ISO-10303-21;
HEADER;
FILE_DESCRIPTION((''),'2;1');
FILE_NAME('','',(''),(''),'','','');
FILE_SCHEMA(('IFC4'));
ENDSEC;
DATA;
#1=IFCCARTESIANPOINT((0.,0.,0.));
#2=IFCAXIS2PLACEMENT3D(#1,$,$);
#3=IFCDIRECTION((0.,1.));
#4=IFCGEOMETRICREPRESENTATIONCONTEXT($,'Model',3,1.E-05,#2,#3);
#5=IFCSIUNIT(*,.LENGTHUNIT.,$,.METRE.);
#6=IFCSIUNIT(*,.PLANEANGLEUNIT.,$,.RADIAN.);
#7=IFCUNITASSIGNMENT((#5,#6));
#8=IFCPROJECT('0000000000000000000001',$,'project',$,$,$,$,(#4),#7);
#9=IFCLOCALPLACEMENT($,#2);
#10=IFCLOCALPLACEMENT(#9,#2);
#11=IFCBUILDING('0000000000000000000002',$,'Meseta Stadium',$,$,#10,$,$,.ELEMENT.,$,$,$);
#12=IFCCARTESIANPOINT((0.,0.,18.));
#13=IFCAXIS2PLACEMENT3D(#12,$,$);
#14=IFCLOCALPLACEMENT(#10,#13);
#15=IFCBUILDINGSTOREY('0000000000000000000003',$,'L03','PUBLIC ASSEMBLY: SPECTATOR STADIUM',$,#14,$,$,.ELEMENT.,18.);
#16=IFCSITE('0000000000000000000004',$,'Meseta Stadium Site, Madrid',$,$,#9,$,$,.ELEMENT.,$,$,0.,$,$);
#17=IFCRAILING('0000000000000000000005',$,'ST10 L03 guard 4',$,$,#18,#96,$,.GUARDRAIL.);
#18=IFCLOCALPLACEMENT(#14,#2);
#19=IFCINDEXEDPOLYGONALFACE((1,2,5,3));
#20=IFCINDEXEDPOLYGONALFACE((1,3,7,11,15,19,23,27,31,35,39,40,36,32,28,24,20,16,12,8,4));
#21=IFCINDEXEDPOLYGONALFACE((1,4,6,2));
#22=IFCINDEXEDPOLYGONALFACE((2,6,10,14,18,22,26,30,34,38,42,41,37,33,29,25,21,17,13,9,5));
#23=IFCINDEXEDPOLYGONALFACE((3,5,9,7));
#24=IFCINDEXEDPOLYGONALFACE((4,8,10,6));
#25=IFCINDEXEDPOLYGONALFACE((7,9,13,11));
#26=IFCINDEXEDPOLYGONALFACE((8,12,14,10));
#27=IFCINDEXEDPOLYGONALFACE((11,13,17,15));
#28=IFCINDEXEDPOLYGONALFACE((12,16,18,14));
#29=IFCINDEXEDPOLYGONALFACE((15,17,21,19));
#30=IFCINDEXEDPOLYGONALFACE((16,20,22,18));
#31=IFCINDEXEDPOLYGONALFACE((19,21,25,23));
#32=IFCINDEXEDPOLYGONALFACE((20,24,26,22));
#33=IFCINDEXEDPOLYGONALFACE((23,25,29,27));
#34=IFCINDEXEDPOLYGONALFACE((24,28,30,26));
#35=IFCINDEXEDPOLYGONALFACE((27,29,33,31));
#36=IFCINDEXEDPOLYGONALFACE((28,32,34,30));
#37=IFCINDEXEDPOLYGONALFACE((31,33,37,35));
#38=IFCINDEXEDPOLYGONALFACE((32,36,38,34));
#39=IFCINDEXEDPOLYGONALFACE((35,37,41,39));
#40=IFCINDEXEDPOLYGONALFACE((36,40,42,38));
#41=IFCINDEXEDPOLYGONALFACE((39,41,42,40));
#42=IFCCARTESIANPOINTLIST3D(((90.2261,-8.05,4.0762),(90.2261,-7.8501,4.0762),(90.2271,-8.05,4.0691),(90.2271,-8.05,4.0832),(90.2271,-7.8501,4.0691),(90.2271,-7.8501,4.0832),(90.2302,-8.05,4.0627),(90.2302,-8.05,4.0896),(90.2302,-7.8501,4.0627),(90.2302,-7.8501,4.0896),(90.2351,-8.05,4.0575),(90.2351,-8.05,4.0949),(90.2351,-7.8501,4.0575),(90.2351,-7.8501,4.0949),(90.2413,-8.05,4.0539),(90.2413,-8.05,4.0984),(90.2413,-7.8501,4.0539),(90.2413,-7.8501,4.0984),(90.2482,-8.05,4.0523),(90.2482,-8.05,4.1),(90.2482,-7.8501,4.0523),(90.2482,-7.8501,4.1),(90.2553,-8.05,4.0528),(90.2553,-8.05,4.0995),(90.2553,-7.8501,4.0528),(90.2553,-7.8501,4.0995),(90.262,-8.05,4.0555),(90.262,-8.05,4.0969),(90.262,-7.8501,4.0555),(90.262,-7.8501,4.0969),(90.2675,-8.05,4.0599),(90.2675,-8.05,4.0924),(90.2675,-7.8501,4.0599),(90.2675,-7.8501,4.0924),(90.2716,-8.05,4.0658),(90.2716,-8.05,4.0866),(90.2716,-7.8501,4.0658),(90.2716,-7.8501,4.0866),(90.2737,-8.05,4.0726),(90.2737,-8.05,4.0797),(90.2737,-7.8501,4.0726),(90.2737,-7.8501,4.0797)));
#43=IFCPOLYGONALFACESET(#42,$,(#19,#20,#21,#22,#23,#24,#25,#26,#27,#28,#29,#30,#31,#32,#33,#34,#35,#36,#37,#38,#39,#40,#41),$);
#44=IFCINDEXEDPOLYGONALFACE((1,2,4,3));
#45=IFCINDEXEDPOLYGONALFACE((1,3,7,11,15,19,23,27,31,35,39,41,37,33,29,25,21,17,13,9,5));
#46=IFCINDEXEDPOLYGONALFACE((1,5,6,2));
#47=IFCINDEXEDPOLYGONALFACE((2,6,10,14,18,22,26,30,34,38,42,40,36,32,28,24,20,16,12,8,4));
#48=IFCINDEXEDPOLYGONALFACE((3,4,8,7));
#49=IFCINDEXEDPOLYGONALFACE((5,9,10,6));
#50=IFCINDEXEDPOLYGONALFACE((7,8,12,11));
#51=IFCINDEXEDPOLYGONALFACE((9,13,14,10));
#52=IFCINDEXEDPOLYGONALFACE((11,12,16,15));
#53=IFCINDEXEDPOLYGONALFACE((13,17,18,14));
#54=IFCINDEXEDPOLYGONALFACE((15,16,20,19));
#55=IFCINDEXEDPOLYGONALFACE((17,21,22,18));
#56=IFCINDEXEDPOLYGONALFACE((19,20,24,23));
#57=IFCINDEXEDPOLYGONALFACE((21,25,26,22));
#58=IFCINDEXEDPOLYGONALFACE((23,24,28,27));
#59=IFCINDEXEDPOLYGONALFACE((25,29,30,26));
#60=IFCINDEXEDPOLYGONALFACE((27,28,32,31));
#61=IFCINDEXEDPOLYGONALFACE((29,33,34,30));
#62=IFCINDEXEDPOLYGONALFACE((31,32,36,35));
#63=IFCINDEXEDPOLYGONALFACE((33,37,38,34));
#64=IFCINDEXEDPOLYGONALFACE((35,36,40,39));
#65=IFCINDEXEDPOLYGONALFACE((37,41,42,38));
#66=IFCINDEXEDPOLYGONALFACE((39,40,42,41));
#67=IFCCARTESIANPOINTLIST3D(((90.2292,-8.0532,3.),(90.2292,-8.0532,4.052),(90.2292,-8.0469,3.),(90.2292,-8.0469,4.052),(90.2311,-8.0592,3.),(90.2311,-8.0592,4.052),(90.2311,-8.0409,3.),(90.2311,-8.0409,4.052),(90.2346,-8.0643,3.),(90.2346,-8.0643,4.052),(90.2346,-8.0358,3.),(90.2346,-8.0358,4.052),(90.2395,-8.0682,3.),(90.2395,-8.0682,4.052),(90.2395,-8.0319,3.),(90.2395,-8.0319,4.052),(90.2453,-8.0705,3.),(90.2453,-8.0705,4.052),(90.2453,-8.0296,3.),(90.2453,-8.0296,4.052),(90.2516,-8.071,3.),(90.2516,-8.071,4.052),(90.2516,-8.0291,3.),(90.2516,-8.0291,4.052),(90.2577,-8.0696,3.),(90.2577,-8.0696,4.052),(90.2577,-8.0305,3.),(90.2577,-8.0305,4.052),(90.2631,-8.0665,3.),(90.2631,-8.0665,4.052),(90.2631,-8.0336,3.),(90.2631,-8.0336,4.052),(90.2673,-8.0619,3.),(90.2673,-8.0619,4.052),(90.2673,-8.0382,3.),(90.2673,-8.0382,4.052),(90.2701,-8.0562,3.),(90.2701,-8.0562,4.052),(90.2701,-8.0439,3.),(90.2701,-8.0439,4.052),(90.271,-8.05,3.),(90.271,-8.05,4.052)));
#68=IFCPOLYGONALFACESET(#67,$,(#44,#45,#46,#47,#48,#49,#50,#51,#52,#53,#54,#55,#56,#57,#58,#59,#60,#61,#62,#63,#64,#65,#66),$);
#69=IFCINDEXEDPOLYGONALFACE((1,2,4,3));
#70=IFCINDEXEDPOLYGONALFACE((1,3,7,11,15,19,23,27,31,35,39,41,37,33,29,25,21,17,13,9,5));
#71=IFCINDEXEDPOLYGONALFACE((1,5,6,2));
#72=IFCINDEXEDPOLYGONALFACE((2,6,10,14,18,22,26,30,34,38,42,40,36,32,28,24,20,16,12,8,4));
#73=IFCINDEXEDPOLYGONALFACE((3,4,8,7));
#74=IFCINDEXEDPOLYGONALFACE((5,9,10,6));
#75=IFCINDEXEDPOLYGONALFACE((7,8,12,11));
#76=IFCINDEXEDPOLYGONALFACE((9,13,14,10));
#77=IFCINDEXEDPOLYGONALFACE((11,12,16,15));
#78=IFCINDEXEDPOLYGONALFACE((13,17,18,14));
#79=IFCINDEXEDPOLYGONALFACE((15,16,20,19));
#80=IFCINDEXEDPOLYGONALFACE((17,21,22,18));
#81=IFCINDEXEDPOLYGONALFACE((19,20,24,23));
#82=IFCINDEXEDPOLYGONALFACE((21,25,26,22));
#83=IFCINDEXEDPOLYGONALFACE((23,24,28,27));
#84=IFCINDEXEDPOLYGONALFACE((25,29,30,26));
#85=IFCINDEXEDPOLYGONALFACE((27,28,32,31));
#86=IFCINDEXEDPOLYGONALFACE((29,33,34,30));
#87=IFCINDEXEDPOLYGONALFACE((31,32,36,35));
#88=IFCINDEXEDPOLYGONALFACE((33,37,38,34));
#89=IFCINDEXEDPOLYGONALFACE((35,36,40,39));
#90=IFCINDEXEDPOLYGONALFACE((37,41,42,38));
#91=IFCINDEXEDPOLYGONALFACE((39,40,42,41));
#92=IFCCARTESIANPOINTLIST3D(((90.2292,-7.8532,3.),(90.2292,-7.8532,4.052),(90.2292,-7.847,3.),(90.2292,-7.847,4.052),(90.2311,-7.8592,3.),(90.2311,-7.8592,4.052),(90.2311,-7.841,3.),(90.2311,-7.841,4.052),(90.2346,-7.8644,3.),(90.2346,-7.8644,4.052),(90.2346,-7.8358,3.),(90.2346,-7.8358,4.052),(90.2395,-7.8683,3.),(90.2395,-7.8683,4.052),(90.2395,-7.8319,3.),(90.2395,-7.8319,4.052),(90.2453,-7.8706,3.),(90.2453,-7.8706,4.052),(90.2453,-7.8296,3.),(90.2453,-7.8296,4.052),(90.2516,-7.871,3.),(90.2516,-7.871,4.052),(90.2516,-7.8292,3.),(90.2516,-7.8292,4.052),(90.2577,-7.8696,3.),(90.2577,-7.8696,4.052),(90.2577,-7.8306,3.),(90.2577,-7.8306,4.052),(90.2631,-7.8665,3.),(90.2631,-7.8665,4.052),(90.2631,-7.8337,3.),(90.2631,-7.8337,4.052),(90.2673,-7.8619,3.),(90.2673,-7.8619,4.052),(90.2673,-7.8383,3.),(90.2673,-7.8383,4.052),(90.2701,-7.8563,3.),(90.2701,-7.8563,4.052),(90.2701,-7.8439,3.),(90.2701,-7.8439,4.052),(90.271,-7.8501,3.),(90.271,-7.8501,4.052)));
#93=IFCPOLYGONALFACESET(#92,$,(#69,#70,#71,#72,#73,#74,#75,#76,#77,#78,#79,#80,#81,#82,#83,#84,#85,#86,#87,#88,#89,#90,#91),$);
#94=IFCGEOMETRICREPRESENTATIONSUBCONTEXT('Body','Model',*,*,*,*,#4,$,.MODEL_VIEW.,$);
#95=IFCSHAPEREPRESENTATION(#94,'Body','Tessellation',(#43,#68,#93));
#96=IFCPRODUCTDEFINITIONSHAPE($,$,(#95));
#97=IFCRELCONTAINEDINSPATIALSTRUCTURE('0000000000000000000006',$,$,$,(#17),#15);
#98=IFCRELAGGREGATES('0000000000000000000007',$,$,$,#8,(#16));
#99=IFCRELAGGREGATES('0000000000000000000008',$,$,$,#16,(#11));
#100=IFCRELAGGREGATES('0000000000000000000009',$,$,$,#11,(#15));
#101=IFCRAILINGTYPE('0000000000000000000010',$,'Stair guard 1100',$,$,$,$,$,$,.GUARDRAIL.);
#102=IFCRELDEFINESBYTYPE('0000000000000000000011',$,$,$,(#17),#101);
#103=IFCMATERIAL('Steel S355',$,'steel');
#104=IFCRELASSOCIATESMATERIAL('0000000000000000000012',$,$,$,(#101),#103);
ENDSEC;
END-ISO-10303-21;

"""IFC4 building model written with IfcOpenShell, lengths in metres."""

from ifc_helpers import new_model, si_unit, direction, frame, origin, origin_2d, place, context, subcontext, project, spatial, circle, extrude, material, type_object, element, save


model = new_model("IFC4")

# Units and contexts
model_context = context("Model", 3, precision=1e-05, world=origin(), true_north=direction((0.0, 1.0)))
body_context = subcontext(model_context, "Body", "Model", "MODEL_VIEW")
ifc_project = project(units=[si_unit("LENGTHUNIT", "METRE"), si_unit("PLANEANGLEUNIT", "RADIAN")], contexts=[model_context])

# Site, building, storey
site_placement = place(None, origin())
site = spatial("IfcSite", under=ifc_project, at=site_placement, Name="Meseta Stadium Site, Madrid", CompositionType="ELEMENT", RefElevation=0.0)
building_placement = place(site_placement, origin())
building = spatial("IfcBuilding", under=site, at=building_placement, Name="Meseta Stadium", CompositionType="ELEMENT")
storey_placement = place(building_placement, frame((0.0, 0.0, 18.0)))
storey = spatial("IfcBuildingStorey", under=building, at=storey_placement, Name="L03", Description="PUBLIC ASSEMBLY: SPECTATOR STADIUM", CompositionType="ELEMENT", Elevation=18.0)

# Railing
ifc_material_1 = material(Name="Steel S355", Category="steel")
railing_type_1 = type_object("IfcRailingType", Name="Stair guard 1100", PredefinedType="GUARDRAIL", material=ifc_material_1)
railing_1_placement = place(storey_placement, frame((90.25, -8.05, 3.0)))
element("IfcRailing", 1, at=railing_1_placement, inside=storey, type_object=railing_type_1, Name="ST10 L03 guard 4", PredefinedType="GUARDRAIL", context=body_context, shape_type="SweptSolid", body=[
    extrude(circle(Radius=0.0239, at=origin_2d()), frame((0.0, 0.0, 1.0762), z_axis=(0.0, 1.0, 0.0), x_axis=(-1.0, 0.0, 0.0)), (0.0, 0.0, 1.0), 0.2),
    extrude(circle(Radius=0.021, at=origin_2d()), origin(), (0.0, 0.0, 1.0), 1.052),
    extrude(circle(Radius=0.021, at=origin_2d()), frame((0.0, 0.2, 0.0)), (0.0, 0.0, 1.0), 1.052),
])

save(model, "model.ifc")
